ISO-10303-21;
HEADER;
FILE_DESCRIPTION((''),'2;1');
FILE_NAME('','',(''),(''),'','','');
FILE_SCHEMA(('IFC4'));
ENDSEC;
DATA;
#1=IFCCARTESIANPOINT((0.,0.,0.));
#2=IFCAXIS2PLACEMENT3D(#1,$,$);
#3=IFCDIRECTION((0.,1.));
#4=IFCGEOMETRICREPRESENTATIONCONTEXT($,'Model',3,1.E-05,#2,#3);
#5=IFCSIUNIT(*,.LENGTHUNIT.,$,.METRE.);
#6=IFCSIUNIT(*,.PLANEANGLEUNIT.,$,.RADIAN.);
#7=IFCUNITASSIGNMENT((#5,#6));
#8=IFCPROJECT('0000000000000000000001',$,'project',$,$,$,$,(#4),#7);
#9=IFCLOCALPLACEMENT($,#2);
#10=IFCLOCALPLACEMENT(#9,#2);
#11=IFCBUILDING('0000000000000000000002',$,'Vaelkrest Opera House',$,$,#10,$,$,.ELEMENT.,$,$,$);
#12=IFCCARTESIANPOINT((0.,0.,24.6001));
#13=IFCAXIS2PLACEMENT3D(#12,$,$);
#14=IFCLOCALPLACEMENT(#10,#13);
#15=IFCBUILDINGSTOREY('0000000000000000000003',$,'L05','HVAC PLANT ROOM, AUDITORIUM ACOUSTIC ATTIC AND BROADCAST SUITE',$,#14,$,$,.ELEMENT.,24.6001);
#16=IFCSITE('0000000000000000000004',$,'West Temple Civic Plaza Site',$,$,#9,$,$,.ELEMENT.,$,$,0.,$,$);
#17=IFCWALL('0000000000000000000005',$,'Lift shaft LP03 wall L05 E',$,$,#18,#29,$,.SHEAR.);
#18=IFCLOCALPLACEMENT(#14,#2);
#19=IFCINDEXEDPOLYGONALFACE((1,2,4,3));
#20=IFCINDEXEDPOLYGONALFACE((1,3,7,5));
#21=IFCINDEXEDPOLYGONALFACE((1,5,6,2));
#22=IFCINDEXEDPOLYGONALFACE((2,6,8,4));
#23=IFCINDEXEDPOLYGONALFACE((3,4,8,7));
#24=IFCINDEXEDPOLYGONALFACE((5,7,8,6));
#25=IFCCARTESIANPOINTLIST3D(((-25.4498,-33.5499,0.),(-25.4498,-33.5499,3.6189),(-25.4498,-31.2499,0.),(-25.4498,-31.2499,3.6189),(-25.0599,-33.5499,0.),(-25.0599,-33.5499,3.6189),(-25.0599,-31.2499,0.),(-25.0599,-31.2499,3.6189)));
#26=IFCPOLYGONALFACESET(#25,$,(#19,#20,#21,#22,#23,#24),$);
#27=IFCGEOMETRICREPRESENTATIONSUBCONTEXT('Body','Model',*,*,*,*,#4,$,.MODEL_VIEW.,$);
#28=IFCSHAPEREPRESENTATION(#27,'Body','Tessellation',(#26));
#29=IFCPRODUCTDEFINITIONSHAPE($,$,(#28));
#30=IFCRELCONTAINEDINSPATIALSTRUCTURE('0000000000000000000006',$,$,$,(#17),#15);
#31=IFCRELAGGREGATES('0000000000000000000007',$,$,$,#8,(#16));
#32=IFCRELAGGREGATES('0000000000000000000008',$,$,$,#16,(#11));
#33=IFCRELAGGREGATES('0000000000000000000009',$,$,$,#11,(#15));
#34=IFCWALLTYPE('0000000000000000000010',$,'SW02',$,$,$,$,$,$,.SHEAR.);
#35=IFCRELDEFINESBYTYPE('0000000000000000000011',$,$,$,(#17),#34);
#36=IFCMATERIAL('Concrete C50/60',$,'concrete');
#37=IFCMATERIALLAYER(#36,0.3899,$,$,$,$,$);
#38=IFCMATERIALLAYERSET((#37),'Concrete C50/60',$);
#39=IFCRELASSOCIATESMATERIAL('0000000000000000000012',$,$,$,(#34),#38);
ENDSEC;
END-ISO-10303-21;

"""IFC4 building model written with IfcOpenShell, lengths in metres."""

from ifc_helpers import new_model, si_unit, direction, frame, frame_2d, origin, place, context, subcontext, project, spatial, rectangle, extrude, material, layer, layer_set, type_object, element, save


model = new_model("IFC4")

# Units and contexts
model_context = context("Model", 3, precision=1e-05, world=origin(), true_north=direction((0.0, 1.0)))
body_context = subcontext(model_context, "Body", "Model", "MODEL_VIEW")
ifc_project = project(units=[si_unit("LENGTHUNIT", "METRE"), si_unit("PLANEANGLEUNIT", "RADIAN")], contexts=[model_context])

# Site, building, storey
site_placement = place(None, origin())
site = spatial("IfcSite", under=ifc_project, at=site_placement, Name="West Temple Civic Plaza Site", CompositionType="ELEMENT", RefElevation=0.0)
building_placement = place(site_placement, origin())
building = spatial("IfcBuilding", under=site, at=building_placement, Name="Vaelkrest Opera House", CompositionType="ELEMENT")
storey_placement = place(building_placement, frame((0.0, 0.0, 24.6001)))
storey = spatial("IfcBuildingStorey", under=building, at=storey_placement, Name="L05", Description="HVAC PLANT ROOM, AUDITORIUM ACOUSTIC ATTIC AND BROADCAST SUITE", CompositionType="ELEMENT", Elevation=24.6001)

# Shared definitions
ifc_material_1 = material(Name="Concrete C50/60", Category="concrete")

# Shared definitions
ifc_layer_1 = layer(ifc_material_1, 0.3899)
ifc_layer_set_1 = layer_set([ifc_layer_1], Name="Concrete C50/60")
wall_type_1 = type_object("IfcWallType", Name="SW02", PredefinedType="SHEAR", material=ifc_layer_set_1)

# Wall
for number, where, z_axis, x_axis, name in (
    (1, (-25.2549, -31.25, 0.0), (0.0, 0.0, 1.0), (0.0, -1.0, 0.0), "Lift shaft LP03 wall L05 E"),
):
    element("IfcWall", number, at=place(storey_placement, frame(where, z_axis=z_axis, x_axis=x_axis)), inside=storey, type_object=wall_type_1, Name=name, PredefinedType="SHEAR", context=body_context, shape_type="SweptSolid", body=[
        extrude(rectangle(XDim=2.3, YDim=0.3899, at=frame_2d((1.1499, 0.0))), origin(), (0.0, 0.0, 1.0), 3.6189),
    ])

save(model, "model.ifc")
